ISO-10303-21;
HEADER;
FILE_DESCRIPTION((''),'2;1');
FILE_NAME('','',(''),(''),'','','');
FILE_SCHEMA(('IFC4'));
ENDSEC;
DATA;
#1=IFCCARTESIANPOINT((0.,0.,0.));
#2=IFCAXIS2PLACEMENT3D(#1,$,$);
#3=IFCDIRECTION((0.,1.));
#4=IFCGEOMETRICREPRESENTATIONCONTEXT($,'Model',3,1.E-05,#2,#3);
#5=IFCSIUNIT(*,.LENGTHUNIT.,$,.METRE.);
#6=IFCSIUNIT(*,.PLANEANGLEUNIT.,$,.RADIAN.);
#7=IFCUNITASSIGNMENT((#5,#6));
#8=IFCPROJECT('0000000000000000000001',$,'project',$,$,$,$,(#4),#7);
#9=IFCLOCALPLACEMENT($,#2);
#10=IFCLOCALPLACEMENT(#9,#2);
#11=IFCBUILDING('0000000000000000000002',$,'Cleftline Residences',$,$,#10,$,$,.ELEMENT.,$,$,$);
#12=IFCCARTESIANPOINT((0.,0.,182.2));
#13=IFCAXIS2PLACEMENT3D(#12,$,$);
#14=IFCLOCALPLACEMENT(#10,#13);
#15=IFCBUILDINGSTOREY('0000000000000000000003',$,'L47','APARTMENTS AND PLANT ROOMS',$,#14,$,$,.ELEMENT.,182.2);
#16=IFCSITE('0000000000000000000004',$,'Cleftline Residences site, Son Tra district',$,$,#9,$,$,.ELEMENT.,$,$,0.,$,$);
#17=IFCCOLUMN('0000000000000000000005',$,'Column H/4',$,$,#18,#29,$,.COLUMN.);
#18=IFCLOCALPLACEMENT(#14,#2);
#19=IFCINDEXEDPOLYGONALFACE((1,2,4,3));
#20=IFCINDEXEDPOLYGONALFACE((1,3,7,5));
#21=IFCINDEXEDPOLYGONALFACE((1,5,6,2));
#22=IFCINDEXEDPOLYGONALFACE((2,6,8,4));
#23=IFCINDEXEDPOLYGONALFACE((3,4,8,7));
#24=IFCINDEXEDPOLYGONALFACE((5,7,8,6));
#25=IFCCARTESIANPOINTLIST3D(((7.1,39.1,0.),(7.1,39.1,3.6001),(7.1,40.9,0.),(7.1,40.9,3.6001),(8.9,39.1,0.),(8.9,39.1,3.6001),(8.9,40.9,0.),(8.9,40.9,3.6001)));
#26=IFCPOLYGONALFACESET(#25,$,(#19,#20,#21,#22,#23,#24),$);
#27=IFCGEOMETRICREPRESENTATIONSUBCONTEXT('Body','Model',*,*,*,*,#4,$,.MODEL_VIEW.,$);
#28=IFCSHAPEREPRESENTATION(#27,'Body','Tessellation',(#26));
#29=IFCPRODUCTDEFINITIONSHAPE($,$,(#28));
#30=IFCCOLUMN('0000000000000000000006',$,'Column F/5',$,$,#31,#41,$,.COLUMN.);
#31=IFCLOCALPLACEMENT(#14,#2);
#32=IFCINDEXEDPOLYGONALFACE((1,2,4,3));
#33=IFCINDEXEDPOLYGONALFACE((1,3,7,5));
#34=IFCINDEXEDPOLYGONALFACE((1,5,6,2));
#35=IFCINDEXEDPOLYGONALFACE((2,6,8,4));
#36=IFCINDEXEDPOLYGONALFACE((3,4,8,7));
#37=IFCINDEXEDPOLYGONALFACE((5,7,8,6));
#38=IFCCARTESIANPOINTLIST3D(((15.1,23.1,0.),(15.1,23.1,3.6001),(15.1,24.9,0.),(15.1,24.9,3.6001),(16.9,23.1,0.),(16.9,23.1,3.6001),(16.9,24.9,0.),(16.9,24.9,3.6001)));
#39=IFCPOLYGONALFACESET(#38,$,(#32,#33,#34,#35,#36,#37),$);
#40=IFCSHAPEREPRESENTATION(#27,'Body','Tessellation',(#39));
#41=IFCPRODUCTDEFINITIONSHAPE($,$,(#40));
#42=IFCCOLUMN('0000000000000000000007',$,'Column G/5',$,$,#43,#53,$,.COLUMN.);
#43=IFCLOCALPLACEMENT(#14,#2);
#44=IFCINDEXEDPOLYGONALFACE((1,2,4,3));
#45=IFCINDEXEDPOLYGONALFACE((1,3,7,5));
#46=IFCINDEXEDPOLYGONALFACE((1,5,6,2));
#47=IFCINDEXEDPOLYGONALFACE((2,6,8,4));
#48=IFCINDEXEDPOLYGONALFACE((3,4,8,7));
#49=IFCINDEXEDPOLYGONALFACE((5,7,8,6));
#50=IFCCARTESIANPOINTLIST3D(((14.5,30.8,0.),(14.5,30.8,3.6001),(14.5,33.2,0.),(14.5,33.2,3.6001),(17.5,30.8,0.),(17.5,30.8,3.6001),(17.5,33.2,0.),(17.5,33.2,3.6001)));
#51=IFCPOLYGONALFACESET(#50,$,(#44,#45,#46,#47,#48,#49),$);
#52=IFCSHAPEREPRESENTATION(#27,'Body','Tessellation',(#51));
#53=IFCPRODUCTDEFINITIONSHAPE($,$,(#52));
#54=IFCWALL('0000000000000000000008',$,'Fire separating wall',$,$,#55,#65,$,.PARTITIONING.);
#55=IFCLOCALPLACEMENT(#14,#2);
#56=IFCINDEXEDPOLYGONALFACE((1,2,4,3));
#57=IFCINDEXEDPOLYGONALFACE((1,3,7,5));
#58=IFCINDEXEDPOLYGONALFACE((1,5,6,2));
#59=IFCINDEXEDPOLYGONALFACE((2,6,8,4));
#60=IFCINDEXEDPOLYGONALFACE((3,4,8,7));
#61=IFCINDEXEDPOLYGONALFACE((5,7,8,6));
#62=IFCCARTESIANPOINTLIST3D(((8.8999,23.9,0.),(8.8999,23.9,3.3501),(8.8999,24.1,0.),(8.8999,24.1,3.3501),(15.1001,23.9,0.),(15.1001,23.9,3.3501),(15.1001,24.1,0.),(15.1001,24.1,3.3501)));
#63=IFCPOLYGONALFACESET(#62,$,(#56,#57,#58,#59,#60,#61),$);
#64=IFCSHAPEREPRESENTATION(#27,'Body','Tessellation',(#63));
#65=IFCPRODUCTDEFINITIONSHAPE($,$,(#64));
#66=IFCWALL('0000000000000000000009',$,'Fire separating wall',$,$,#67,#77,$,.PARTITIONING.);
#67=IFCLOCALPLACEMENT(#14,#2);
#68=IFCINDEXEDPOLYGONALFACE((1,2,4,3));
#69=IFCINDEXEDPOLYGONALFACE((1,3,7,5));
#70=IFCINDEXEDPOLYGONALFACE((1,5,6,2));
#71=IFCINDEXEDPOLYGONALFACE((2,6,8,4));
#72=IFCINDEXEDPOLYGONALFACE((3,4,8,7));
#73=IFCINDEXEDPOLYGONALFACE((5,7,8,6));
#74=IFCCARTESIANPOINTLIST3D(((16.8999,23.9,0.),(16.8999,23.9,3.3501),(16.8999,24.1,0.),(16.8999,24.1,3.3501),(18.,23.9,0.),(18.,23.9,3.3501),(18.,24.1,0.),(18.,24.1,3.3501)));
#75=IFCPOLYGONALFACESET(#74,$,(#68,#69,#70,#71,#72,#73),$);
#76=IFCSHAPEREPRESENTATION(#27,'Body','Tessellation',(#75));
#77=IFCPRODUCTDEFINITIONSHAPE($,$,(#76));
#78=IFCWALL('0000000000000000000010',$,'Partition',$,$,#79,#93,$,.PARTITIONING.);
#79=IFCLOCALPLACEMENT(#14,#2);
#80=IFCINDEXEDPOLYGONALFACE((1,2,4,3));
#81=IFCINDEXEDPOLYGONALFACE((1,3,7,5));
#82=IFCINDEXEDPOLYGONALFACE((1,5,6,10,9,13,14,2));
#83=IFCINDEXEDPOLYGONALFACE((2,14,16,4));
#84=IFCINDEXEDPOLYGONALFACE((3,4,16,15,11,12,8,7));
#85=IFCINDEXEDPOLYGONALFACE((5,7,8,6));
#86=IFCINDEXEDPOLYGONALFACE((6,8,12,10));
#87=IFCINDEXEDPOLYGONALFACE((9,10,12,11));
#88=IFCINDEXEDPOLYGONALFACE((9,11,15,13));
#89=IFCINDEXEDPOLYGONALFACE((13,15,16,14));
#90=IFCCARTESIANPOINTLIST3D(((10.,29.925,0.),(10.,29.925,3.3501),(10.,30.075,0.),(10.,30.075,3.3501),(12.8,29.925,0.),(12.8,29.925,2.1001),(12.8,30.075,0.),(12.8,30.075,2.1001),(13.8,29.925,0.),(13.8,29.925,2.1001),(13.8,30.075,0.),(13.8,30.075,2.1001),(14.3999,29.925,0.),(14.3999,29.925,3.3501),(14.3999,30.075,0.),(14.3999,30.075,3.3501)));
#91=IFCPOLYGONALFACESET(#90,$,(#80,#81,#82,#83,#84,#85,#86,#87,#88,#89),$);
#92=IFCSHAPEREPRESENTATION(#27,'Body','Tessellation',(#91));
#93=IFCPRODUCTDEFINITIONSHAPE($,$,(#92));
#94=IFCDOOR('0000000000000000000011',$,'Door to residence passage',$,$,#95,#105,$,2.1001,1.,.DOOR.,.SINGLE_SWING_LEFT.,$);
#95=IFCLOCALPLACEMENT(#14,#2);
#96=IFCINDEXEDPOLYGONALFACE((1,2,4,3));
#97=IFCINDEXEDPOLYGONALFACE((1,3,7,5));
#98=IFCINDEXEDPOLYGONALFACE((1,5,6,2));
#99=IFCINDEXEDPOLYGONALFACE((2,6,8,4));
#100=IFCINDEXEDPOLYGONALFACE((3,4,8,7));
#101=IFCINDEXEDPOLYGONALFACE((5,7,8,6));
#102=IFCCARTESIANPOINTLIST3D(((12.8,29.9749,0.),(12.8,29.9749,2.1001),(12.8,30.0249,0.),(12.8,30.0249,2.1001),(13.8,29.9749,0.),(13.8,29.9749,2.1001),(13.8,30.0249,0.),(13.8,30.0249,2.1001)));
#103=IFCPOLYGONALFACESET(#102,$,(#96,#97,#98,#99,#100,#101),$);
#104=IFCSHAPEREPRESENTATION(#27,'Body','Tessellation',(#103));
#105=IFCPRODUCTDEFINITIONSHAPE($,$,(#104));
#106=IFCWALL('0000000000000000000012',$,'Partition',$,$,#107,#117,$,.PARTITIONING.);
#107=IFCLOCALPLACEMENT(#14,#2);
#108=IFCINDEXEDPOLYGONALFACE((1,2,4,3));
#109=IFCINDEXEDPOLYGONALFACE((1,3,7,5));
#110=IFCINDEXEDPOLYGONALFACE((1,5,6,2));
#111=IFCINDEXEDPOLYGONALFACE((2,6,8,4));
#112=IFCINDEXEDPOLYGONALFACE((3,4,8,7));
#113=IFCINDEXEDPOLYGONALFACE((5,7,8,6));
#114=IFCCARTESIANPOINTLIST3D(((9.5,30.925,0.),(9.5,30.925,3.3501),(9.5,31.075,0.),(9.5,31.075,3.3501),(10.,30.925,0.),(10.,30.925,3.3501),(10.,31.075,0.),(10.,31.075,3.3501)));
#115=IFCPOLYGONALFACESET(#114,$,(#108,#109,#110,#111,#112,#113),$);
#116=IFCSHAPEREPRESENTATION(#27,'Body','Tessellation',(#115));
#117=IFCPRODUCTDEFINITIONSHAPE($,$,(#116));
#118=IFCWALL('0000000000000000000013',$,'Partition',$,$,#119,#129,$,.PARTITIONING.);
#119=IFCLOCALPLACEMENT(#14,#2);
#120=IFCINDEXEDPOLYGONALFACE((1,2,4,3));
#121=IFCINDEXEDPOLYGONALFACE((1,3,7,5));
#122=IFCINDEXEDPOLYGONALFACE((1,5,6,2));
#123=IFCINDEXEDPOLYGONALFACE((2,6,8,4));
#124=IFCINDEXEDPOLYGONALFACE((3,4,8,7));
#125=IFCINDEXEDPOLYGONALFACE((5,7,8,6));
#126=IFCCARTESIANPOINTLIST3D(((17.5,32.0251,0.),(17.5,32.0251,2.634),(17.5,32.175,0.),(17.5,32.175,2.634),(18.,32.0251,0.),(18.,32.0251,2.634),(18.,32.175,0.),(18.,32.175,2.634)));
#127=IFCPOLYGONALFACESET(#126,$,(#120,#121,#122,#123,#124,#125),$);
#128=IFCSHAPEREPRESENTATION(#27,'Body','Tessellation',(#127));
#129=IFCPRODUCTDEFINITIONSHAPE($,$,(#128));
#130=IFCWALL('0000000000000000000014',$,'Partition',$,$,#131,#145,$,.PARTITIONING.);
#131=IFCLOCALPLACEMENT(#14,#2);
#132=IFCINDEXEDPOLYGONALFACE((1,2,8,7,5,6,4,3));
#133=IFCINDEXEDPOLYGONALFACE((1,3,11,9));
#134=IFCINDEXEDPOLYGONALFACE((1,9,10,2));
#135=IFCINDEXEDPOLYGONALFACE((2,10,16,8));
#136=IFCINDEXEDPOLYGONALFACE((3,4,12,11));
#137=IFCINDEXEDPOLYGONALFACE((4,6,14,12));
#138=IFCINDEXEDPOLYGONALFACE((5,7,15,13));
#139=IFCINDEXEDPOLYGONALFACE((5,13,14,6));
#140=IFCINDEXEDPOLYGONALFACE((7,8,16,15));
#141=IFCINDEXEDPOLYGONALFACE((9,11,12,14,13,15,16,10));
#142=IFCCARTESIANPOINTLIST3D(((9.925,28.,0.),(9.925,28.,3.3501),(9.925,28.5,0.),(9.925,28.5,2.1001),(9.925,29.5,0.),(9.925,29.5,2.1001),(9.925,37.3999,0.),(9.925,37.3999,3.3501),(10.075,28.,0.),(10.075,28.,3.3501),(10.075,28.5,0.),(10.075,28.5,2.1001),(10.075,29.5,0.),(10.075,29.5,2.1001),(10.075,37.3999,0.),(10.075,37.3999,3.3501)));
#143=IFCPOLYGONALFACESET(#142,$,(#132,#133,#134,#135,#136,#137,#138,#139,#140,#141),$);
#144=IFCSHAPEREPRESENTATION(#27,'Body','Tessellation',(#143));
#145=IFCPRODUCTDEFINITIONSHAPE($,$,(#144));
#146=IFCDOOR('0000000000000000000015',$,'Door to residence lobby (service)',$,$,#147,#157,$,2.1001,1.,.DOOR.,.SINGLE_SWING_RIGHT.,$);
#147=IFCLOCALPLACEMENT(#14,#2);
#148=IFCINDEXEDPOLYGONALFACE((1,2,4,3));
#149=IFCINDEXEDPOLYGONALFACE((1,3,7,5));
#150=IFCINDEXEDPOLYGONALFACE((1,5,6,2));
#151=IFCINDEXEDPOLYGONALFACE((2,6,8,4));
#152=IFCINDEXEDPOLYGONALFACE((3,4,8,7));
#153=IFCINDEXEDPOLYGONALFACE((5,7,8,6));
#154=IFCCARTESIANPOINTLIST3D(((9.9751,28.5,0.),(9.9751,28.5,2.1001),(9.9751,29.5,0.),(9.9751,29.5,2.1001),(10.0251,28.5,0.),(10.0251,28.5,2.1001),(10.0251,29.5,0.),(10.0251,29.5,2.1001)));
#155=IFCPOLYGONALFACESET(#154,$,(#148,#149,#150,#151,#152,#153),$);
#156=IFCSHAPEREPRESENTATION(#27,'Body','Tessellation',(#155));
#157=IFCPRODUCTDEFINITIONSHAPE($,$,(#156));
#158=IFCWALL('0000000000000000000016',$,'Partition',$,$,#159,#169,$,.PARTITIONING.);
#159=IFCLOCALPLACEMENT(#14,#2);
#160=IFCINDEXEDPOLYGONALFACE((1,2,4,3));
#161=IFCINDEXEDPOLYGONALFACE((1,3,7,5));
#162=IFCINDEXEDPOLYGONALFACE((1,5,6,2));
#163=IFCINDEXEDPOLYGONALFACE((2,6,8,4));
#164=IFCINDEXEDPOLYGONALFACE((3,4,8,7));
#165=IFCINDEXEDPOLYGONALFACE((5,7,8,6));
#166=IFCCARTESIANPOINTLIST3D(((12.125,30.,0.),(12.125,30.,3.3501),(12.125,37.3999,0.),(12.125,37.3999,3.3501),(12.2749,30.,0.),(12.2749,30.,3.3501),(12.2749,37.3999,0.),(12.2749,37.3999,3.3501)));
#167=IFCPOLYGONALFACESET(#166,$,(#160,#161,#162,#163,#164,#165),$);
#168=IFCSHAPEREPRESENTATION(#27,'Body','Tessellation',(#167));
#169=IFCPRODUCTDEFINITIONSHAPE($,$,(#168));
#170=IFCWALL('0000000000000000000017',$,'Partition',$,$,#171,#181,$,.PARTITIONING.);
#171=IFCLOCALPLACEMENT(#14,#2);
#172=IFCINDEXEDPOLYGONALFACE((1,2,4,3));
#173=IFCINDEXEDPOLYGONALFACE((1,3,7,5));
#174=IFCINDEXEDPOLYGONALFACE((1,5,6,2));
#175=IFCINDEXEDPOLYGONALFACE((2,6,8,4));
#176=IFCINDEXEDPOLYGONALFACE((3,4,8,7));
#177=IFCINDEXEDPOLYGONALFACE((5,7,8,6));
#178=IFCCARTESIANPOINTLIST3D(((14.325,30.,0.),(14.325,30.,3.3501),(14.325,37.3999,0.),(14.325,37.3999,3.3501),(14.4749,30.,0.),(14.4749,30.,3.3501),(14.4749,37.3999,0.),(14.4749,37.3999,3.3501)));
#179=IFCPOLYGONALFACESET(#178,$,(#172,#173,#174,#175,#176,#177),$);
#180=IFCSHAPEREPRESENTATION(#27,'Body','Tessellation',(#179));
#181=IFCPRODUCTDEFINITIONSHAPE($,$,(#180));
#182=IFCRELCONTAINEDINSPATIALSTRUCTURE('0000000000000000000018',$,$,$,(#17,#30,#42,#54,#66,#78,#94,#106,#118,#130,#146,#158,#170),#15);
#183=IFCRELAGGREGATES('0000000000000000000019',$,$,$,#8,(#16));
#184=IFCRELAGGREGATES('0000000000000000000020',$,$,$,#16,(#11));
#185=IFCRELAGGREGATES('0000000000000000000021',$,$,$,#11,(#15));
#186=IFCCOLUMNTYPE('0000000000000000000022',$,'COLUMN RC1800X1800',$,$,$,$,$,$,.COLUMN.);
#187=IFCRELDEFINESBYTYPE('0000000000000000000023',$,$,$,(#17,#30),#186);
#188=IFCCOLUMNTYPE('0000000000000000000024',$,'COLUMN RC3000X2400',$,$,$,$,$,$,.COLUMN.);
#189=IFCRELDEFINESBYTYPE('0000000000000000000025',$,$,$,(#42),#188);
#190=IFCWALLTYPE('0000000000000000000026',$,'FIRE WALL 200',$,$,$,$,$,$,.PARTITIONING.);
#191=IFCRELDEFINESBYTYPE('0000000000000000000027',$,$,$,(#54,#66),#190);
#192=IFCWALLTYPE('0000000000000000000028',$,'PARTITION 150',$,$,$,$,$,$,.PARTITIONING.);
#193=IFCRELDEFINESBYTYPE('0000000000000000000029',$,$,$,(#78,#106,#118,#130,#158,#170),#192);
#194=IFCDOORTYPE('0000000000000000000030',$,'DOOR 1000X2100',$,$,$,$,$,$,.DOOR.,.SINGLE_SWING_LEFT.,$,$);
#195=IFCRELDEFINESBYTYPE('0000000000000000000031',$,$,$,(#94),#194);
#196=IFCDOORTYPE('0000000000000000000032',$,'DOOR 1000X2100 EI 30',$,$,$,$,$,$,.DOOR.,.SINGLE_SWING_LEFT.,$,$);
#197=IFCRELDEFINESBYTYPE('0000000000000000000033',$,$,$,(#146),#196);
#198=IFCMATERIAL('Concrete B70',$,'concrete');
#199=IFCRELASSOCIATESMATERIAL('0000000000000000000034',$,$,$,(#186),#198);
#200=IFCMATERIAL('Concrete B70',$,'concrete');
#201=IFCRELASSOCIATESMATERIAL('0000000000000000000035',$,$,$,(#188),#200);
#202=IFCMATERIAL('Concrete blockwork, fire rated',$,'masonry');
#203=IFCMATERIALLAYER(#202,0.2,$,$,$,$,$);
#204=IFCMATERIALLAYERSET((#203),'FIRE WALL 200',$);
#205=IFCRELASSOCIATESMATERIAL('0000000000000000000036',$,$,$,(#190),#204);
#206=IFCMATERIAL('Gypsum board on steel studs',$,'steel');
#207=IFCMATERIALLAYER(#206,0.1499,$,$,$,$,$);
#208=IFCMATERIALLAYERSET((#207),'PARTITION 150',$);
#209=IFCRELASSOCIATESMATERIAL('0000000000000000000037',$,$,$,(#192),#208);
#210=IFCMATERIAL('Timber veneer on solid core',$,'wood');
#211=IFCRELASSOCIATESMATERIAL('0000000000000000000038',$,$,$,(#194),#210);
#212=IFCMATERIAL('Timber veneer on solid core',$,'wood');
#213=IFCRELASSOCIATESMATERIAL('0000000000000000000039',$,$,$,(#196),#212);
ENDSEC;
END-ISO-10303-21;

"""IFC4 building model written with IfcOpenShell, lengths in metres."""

from ifc_helpers import new_model, si_unit, direction, frame, frame_2d, origin, origin_2d, place, context, subcontext, project, spatial, rectangle, extrude, material, layer, layer_set, material_profile, profile_set, type_object, element, fill, save


model = new_model("IFC4")

# Units and contexts
model_context = context("Model", 3, precision=1e-05, world=origin(), true_north=direction((0.0, 1.0)))
body_context = subcontext(model_context, "Body", "Model", "MODEL_VIEW")
ifc_project = project(units=[si_unit("LENGTHUNIT", "METRE"), si_unit("PLANEANGLEUNIT", "RADIAN")], contexts=[model_context])

# Site, building, storey
site_placement = place(None, origin())
site = spatial("IfcSite", under=ifc_project, at=site_placement, Name="Cleftline Residences site, Son Tra district", CompositionType="ELEMENT", RefElevation=0.0)
building_placement = place(site_placement, origin())
building = spatial("IfcBuilding", under=site, at=building_placement, Name="Cleftline Residences", CompositionType="ELEMENT")
storey_placement = place(building_placement, frame((0.0, 0.0, 182.2)))
storey = spatial("IfcBuildingStorey", under=building, at=storey_placement, Name="L47", Description="APARTMENTS AND PLANT ROOMS", CompositionType="ELEMENT", Elevation=182.2)

# Columns
ifc_material_1 = material(Name="Concrete B70", Category="concrete")
ifc_material_profile_1 = material_profile(ifc_material_1, rectangle(XDim=1.8, YDim=1.8, at=origin_2d()))
ifc_profile_set_1 = profile_set([ifc_material_profile_1], Name="Concrete B70")
column_type_1 = type_object("IfcColumnType", Name="COLUMN RC1800X1800", PredefinedType="COLUMN", material=ifc_profile_set_1)
for number, where, z_axis, x_axis, name in (
    (1, (8.0, 40.0, 0.0), (0.0, 0.0, 1.0), (1.0, 0.0, 0.0), "Column H/4"),
    (2, (16.0, 24.0, 0.0), (0.0, 0.0, 1.0), (1.0, 0.0, 0.0), "Column F/5"),
):
    element("IfcColumn", number, at=place(storey_placement, frame(where, z_axis=z_axis, x_axis=x_axis)), inside=storey, type_object=column_type_1, Name=name, PredefinedType="COLUMN", context=body_context, shape_type="SweptSolid", body=[
        extrude(rectangle(XDim=1.8, YDim=1.8, at=origin_2d()), origin(), (0.0, 0.0, 1.0), 3.6001),
    ])
ifc_material_2 = material(Name="Concrete B70", Category="concrete")
ifc_material_profile_2 = material_profile(ifc_material_2, rectangle(XDim=3.0, YDim=2.3999, at=origin_2d()))
ifc_profile_set_2 = profile_set([ifc_material_profile_2], Name="Concrete B70")
column_type_2 = type_object("IfcColumnType", Name="COLUMN RC3000X2400", PredefinedType="COLUMN", material=ifc_profile_set_2)
column_placement = place(storey_placement, frame((16.0, 32.0, 0.0), z_axis=(0.0, 0.0, 1.0), x_axis=(1.0, 0.0, 0.0)))
element("IfcColumn", 3, at=column_placement, inside=storey, type_object=column_type_2, Name="Column G/5", PredefinedType="COLUMN", context=body_context, shape_type="SweptSolid", body=[
    extrude(rectangle(XDim=3.0, YDim=2.3999, at=origin_2d()), origin(), (0.0, 0.0, 1.0), 3.6001),
])

# Walls
ifc_material_3 = material(Name="Concrete blockwork, fire rated", Category="masonry")
ifc_layer_1 = layer(ifc_material_3, 0.2)
ifc_layer_set_1 = layer_set([ifc_layer_1], Name="FIRE WALL 200")
wall_type_1 = type_object("IfcWallType", Name="FIRE WALL 200", PredefinedType="PARTITIONING", material=ifc_layer_set_1)
wall_1_placement = place(storey_placement, frame((8.8999, 24.0, 0.0), z_axis=(0.0, 0.0, 1.0), x_axis=(1.0, 0.0, 0.0)))
element("IfcWall", 4, at=wall_1_placement, inside=storey, type_object=wall_type_1, Name="Fire separating wall", PredefinedType="PARTITIONING", context=body_context, shape_type="SweptSolid", body=[
    extrude(rectangle(XDim=6.2002, YDim=0.2, at=frame_2d((3.1001, 0.0))), origin(), (0.0, 0.0, 1.0), 3.3501),
])
wall_2_placement = place(storey_placement, frame((16.8999, 24.0, 0.0), z_axis=(0.0, 0.0, 1.0), x_axis=(1.0, 0.0, 0.0)))
element("IfcWall", 5, at=wall_2_placement, inside=storey, type_object=wall_type_1, Name="Fire separating wall", PredefinedType="PARTITIONING", context=body_context, shape_type="SweptSolid", body=[
    extrude(rectangle(XDim=1.1001, YDim=0.2, at=frame_2d((0.55, 0.0))), origin(), (0.0, 0.0, 1.0), 3.3501),
])

# Wall, opening, door
ifc_material_4 = material(Name="Gypsum board on steel studs", Category="steel")
ifc_layer_2 = layer(ifc_material_4, 0.1499)
ifc_layer_set_2 = layer_set([ifc_layer_2], Name="PARTITION 150")
wall_type_2 = type_object("IfcWallType", Name="PARTITION 150", PredefinedType="PARTITIONING", material=ifc_layer_set_2)
wall_3_placement = place(storey_placement, frame((10.0, 30.0, 0.0), z_axis=(0.0, 0.0, 1.0), x_axis=(1.0, 0.0, 0.0)))
wall_3 = element("IfcWall", 6, at=wall_3_placement, inside=storey, type_object=wall_type_2, Name="Partition", PredefinedType="PARTITIONING", context=body_context, shape_type="SweptSolid", body=[
    extrude(rectangle(XDim=4.3999, YDim=0.1499, at=frame_2d((2.2, 0.0))), origin(), (0.0, 0.0, 1.0), 3.3501),
])
opening_1_placement = place(wall_3_placement, frame((2.8, 0.0, 0.0)))
opening_1 = element("IfcOpeningElement", 7, at=opening_1_placement, cuts=wall_3, PredefinedType="OPENING", context=body_context, shape_type="SweptSolid", body=[
    extrude(rectangle(XDim=1.0, YDim=2.1001, at=frame_2d((0.5, 1.05))), frame((0.0, 0.085, 0.0), z_axis=(0.0, -1.0, 0.0), x_axis=(1.0, 0.0, 0.0)), (0.0, 0.0, 1.0), 0.1699),
])
ifc_material_5 = material(Name="Timber veneer on solid core", Category="wood")
door_type_1 = type_object("IfcDoorType", Name="DOOR 1000X2100", OperationType="SINGLE_SWING_LEFT", PredefinedType="DOOR", material=ifc_material_5)
door_1_placement = place(opening_1_placement, origin())
door_1 = element("IfcDoor", 8, at=door_1_placement, inside=storey, type_object=door_type_1, Name="Door to residence passage", OperationType="SINGLE_SWING_LEFT", OverallHeight=2.1001, OverallWidth=1.0, PredefinedType="DOOR", context=body_context, shape_type="SweptSolid", body=[
    extrude(rectangle(XDim=1.0, YDim=2.1001, at=frame_2d((0.5, 1.05))), frame((0.0, 0.0249, 0.0), z_axis=(0.0, -1.0, 0.0), x_axis=(1.0, 0.0, 0.0)), (0.0, 0.0, 1.0), 0.05),
])
fill(opening_1, door_1)

# Walls
wall_4_placement = place(storey_placement, frame((9.5, 31.0, 0.0), z_axis=(0.0, 0.0, 1.0), x_axis=(1.0, 0.0, 0.0)))
element("IfcWall", 9, at=wall_4_placement, inside=storey, type_object=wall_type_2, Name="Partition", PredefinedType="PARTITIONING", context=body_context, shape_type="SweptSolid", body=[
    extrude(rectangle(XDim=0.5, YDim=0.1499, at=frame_2d((0.25, 0.0))), origin(), (0.0, 0.0, 1.0), 3.3501),
])
wall_5_placement = place(storey_placement, frame((17.5, 32.1001, 0.0), z_axis=(0.0, 0.0, 1.0), x_axis=(1.0, 0.0, 0.0)))
element("IfcWall", 10, at=wall_5_placement, inside=storey, type_object=wall_type_2, Name="Partition", PredefinedType="PARTITIONING", context=body_context, shape_type="SweptSolid", body=[
    extrude(rectangle(XDim=0.5, YDim=0.1499, at=frame_2d((0.25, 0.0))), origin(), (0.0, 0.0, 1.0), 2.634),
])

# Wall, opening, door
wall_6_placement = place(storey_placement, frame((10.0, 28.0, 0.0), z_axis=(0.0, 0.0, 1.0), x_axis=(0.0, 1.0, 0.0)))
wall_6 = element("IfcWall", 11, at=wall_6_placement, inside=storey, type_object=wall_type_2, Name="Partition", PredefinedType="PARTITIONING", context=body_context, shape_type="SweptSolid", body=[
    extrude(rectangle(XDim=9.3999, YDim=0.1499, at=frame_2d((4.7, 0.0))), origin(), (0.0, 0.0, 1.0), 3.3501),
])
opening_2_placement = place(wall_6_placement, frame((0.5, 0.0, 0.0)))
opening_2 = element("IfcOpeningElement", 12, at=opening_2_placement, cuts=wall_6, PredefinedType="OPENING", context=body_context, shape_type="SweptSolid", body=[
    extrude(rectangle(XDim=1.0, YDim=2.1001, at=frame_2d((0.5, 1.05))), frame((0.0, 0.085, 0.0), z_axis=(0.0, -1.0, 0.0), x_axis=(1.0, 0.0, 0.0)), (0.0, 0.0, 1.0), 0.1699),
])
ifc_material_6 = material(Name="Timber veneer on solid core", Category="wood")
door_type_2 = type_object("IfcDoorType", Name="DOOR 1000X2100 EI 30", OperationType="SINGLE_SWING_LEFT", PredefinedType="DOOR", material=ifc_material_6)
door_2_placement = place(opening_2_placement, origin())
door_2 = element("IfcDoor", 13, at=door_2_placement, inside=storey, type_object=door_type_2, Name="Door to residence lobby (service)", OperationType="SINGLE_SWING_RIGHT", OverallHeight=2.1001, OverallWidth=1.0, PredefinedType="DOOR", context=body_context, shape_type="SweptSolid", body=[
    extrude(rectangle(XDim=1.0, YDim=2.1001, at=frame_2d((0.5, 1.05))), frame((0.0, 0.0249, 0.0), z_axis=(0.0, -1.0, 0.0), x_axis=(1.0, 0.0, 0.0)), (0.0, 0.0, 1.0), 0.05),
])
fill(opening_2, door_2)

# Walls
for number, where, z_axis, x_axis, name in (
    (14, (12.2, 30.0, 0.0), (0.0, 0.0, 1.0), (0.0, 1.0, 0.0), "Partition"),
    (15, (14.3999, 30.0, 0.0), (0.0, 0.0, 1.0), (0.0, 1.0, 0.0), "Partition"),
):
    element("IfcWall", number, at=place(storey_placement, frame(where, z_axis=z_axis, x_axis=x_axis)), inside=storey, type_object=wall_type_2, Name=name, PredefinedType="PARTITIONING", context=body_context, shape_type="SweptSolid", body=[
        extrude(rectangle(XDim=7.3999, YDim=0.1499, at=frame_2d((3.7, 0.0))), origin(), (0.0, 0.0, 1.0), 3.3501),
    ])

save(model, "model.ifc")
